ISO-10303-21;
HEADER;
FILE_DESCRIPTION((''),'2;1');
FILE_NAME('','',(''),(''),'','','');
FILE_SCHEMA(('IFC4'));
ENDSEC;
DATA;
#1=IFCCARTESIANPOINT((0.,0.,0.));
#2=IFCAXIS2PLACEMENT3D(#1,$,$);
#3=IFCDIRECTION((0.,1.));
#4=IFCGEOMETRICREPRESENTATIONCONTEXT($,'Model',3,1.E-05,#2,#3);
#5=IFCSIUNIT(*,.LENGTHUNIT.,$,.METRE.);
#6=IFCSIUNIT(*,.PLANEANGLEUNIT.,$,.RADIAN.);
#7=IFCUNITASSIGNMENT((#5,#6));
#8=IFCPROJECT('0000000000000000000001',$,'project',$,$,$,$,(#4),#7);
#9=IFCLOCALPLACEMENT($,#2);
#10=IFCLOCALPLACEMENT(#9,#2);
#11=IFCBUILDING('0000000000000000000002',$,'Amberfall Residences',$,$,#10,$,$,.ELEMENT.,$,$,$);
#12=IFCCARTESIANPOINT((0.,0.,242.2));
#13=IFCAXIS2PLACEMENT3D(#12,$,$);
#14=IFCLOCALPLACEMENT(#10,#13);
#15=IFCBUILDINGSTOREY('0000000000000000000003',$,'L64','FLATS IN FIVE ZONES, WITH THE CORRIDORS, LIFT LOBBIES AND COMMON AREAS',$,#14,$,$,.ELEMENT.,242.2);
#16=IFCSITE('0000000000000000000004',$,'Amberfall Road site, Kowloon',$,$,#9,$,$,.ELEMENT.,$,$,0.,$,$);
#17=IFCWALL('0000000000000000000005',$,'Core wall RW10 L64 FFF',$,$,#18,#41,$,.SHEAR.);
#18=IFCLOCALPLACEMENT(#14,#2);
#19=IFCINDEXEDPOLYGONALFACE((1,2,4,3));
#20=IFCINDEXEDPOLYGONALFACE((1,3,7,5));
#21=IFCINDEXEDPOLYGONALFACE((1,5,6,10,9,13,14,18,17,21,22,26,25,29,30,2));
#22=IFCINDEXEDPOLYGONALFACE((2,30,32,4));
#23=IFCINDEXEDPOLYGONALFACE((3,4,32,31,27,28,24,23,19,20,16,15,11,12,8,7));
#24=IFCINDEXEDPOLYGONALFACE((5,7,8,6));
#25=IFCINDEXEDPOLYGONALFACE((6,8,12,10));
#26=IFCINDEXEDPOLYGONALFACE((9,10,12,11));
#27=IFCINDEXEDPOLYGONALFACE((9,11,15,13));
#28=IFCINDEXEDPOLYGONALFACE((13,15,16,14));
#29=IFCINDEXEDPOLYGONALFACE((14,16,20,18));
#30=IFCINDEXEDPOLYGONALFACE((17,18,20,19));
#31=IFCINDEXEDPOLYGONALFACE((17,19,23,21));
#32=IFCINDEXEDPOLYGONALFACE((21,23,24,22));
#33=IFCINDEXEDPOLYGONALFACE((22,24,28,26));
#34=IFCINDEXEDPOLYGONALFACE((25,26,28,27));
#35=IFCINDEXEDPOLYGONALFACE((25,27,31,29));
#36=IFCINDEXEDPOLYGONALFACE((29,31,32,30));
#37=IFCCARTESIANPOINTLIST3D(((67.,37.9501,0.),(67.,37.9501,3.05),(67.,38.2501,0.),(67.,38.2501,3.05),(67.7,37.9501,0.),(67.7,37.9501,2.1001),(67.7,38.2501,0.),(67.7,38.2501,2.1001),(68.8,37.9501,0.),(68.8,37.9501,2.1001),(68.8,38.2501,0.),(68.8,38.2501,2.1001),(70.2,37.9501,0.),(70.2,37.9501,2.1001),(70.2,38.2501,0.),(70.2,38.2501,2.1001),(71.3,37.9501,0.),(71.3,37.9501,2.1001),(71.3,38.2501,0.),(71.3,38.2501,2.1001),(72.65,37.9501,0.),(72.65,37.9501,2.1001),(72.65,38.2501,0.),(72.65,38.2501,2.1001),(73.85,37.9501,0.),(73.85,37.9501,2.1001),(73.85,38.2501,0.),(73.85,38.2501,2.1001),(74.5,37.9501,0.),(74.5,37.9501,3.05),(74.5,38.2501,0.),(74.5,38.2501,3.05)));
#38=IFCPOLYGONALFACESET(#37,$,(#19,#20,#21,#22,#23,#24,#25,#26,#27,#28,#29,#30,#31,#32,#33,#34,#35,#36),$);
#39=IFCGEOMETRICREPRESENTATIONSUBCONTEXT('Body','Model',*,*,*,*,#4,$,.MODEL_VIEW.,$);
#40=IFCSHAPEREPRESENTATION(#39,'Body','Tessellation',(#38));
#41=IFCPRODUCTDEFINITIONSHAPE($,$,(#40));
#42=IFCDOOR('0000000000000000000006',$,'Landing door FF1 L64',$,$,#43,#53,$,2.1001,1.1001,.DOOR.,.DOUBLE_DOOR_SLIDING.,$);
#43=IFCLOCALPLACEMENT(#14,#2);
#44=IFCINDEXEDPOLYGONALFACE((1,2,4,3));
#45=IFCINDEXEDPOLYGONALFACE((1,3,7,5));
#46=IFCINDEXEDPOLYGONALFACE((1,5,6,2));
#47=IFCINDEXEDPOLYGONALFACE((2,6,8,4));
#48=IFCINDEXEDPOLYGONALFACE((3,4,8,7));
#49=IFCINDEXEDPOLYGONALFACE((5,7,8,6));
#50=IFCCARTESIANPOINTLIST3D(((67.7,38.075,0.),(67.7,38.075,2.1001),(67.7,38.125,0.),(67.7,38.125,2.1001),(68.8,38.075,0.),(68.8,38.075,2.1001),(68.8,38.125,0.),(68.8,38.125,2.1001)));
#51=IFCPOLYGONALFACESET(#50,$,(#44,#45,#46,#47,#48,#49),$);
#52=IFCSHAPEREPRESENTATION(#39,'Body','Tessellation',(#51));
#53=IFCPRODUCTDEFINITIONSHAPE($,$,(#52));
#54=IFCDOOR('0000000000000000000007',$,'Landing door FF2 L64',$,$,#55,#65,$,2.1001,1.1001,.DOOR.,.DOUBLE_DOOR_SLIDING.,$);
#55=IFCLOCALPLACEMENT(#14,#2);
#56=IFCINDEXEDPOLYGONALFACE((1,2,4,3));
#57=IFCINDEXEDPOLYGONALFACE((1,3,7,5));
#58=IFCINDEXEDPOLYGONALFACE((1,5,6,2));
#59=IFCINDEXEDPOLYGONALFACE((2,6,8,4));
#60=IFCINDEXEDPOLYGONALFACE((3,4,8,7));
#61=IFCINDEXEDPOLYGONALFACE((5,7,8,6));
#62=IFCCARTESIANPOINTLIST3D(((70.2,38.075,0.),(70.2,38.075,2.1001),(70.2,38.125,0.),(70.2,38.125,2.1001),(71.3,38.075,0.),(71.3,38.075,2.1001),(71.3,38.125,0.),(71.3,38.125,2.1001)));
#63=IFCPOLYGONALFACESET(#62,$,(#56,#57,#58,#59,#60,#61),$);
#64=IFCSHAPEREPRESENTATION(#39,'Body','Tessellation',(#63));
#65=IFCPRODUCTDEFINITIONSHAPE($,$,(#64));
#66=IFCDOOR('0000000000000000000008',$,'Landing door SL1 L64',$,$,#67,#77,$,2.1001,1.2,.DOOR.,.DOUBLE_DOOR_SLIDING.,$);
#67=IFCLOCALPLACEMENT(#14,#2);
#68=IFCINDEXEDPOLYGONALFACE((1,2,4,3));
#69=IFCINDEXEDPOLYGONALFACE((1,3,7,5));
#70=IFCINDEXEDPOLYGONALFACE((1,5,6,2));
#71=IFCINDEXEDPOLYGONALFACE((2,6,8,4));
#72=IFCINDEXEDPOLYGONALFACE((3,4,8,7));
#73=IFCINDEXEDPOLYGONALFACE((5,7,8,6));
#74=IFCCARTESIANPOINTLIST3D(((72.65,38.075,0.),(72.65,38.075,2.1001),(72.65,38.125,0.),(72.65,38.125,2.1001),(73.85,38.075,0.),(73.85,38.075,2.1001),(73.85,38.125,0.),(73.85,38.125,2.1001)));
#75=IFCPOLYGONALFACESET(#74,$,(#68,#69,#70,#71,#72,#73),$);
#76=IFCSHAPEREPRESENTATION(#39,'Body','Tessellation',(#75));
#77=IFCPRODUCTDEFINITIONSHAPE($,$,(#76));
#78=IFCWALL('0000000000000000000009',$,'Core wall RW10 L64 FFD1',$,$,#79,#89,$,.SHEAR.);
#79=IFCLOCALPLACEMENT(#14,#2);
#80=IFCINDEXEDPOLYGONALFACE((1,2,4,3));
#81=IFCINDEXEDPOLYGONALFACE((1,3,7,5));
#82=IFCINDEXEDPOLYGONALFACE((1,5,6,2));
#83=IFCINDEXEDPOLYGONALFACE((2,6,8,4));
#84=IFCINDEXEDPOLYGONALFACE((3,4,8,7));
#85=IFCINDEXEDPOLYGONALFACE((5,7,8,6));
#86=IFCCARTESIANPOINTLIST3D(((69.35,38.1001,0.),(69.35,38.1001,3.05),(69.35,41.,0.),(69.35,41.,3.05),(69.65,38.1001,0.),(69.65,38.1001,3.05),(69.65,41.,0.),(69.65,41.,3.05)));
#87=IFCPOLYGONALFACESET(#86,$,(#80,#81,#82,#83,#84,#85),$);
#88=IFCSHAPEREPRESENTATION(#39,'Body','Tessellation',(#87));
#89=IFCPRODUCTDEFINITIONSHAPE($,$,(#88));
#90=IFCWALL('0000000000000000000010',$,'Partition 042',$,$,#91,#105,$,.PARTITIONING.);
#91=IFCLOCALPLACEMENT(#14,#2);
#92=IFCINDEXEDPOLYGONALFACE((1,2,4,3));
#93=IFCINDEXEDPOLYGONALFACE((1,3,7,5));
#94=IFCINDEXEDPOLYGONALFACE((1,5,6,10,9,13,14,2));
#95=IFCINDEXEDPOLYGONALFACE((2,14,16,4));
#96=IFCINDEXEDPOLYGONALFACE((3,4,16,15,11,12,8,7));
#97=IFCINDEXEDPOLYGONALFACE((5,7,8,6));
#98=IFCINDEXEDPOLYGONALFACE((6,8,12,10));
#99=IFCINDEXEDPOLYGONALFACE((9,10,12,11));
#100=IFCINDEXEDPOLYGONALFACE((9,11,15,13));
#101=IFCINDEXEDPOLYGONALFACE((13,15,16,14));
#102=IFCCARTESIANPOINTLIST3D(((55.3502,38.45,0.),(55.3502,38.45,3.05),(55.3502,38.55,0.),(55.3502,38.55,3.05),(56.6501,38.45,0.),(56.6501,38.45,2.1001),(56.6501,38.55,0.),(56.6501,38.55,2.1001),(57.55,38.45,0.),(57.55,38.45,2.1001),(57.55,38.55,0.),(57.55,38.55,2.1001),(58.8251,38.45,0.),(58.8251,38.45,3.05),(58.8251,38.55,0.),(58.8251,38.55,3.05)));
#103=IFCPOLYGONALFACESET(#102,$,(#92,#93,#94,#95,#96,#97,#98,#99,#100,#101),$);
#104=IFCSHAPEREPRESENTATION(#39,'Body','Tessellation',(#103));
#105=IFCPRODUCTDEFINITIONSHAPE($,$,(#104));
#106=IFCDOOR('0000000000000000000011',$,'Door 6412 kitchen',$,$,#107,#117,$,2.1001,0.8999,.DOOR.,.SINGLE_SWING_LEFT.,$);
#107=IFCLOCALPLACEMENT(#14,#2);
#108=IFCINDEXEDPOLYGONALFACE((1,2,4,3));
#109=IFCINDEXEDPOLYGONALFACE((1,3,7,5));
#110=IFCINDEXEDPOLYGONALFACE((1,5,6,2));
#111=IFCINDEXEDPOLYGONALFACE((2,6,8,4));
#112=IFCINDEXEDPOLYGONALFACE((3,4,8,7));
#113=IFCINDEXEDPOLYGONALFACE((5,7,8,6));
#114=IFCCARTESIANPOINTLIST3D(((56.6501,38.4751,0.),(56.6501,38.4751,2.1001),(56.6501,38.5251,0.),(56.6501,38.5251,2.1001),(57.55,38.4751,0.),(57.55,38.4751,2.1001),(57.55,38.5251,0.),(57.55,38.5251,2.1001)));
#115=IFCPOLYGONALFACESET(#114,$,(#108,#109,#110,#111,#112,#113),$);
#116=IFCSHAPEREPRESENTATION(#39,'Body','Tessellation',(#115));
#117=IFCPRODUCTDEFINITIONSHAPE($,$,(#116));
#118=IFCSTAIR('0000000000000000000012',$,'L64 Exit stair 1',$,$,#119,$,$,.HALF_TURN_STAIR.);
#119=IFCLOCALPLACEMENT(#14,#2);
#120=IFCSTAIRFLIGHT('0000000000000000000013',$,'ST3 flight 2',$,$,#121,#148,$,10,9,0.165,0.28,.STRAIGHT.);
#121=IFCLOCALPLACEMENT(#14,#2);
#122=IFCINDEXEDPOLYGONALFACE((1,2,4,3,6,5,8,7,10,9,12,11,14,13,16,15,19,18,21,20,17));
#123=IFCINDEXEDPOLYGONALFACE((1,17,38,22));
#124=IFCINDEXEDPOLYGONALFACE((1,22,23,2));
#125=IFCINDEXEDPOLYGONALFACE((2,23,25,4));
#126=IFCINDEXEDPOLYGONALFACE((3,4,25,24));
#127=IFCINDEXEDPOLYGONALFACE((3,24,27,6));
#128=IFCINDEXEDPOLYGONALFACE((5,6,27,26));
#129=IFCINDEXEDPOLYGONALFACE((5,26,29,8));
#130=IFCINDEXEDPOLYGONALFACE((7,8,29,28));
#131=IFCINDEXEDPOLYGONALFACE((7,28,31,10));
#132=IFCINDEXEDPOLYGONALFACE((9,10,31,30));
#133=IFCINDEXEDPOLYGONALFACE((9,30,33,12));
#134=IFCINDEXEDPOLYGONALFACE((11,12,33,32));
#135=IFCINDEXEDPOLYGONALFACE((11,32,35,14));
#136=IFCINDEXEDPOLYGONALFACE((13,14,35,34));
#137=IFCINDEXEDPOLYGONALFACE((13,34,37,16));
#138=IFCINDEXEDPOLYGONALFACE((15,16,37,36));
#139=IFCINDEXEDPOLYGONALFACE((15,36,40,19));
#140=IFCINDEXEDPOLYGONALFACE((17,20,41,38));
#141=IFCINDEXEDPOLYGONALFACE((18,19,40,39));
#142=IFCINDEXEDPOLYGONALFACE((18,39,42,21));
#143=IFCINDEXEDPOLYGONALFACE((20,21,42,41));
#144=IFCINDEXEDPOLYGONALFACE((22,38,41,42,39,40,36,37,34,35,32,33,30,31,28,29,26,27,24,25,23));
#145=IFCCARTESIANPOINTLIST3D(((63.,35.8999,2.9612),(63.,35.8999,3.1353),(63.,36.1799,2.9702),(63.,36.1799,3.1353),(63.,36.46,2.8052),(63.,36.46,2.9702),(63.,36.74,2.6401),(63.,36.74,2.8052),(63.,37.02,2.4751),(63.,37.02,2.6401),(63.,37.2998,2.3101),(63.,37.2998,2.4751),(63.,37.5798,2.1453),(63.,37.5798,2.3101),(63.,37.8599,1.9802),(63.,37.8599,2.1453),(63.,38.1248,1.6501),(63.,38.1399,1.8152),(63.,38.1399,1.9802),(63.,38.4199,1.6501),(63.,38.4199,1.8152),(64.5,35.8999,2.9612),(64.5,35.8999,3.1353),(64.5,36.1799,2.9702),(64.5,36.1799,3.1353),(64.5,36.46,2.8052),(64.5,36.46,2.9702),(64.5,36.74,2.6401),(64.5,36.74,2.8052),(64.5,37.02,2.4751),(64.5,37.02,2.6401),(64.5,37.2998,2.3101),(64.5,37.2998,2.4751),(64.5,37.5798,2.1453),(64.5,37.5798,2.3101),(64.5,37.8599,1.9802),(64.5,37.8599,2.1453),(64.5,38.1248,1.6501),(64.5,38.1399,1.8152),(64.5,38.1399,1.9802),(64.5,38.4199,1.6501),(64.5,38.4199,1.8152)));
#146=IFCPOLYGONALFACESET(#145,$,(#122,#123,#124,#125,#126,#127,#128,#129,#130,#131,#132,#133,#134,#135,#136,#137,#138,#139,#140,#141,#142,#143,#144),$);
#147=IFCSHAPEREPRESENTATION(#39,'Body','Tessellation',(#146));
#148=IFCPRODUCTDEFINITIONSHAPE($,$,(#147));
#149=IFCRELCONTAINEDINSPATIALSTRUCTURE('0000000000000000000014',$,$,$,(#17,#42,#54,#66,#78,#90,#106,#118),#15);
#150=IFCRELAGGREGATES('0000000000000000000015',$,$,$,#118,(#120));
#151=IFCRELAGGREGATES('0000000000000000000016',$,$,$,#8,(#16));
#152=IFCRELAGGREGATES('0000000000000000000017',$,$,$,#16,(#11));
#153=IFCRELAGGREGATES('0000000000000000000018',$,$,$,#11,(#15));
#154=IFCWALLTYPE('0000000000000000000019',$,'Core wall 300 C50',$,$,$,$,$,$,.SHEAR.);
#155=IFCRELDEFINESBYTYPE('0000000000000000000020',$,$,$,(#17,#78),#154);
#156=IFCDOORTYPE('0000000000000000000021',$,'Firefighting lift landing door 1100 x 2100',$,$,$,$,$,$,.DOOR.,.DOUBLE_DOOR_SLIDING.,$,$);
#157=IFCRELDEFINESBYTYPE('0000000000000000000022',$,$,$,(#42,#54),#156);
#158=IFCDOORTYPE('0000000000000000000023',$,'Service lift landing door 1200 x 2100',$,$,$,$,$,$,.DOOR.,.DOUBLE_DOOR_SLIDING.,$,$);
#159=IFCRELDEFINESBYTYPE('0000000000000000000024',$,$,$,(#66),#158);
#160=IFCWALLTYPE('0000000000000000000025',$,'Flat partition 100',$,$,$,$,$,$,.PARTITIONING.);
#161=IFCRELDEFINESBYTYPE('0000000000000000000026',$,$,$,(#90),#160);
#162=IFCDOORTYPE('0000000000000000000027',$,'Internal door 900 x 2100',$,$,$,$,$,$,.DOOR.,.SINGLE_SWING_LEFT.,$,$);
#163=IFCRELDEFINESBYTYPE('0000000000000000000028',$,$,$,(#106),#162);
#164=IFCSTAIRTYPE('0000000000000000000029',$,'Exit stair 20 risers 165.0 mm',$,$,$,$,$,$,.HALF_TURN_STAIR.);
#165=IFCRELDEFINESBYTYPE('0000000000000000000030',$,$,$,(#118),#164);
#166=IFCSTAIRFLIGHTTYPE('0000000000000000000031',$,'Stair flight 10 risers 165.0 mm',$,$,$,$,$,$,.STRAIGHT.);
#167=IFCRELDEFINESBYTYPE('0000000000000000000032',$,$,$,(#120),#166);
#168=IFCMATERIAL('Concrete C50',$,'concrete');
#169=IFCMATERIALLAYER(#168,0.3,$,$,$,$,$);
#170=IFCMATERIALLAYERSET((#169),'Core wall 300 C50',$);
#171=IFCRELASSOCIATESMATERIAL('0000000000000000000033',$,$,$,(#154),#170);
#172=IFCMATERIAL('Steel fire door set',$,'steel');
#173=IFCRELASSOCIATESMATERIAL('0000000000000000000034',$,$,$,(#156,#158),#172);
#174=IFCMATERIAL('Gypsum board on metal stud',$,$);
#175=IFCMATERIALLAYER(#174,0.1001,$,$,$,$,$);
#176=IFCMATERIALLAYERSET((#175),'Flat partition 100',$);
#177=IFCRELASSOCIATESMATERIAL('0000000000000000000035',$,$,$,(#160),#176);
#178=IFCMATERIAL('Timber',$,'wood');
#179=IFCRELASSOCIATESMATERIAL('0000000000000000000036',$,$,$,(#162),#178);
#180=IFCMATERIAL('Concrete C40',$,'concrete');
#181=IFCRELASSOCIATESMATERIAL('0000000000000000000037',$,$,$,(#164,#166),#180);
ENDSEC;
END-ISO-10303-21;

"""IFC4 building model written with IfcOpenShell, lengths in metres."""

from ifc_helpers import new_model, si_unit, direction, frame, frame_2d, origin, place, context, subcontext, project, spatial, polyline, rectangle, outline, extrude, material, layer, layer_set, type_object, element, fill, aggregate, save


model = new_model("IFC4")

# Units and contexts
model_context = context("Model", 3, precision=1e-05, world=origin(), true_north=direction((0.0, 1.0)))
body_context = subcontext(model_context, "Body", "Model", "MODEL_VIEW")
ifc_project = project(units=[si_unit("LENGTHUNIT", "METRE"), si_unit("PLANEANGLEUNIT", "RADIAN")], contexts=[model_context])

# Site, building, storey
site_placement = place(None, origin())
site = spatial("IfcSite", under=ifc_project, at=site_placement, Name="Amberfall Road site, Kowloon", CompositionType="ELEMENT", RefElevation=0.0)
building_placement = place(site_placement, origin())
building = spatial("IfcBuilding", under=site, at=building_placement, Name="Amberfall Residences", CompositionType="ELEMENT")
storey_placement = place(building_placement, frame((0.0, 0.0, 242.2)))
storey = spatial("IfcBuildingStorey", under=building, at=storey_placement, Name="L64", Description="FLATS IN FIVE ZONES, WITH THE CORRIDORS, LIFT LOBBIES AND COMMON AREAS", CompositionType="ELEMENT", Elevation=242.2)

# Wall, openings, doors
ifc_material_1 = material(Name="Concrete C50", Category="concrete")
ifc_layer_1 = layer(ifc_material_1, 0.3)
ifc_layer_set_1 = layer_set([ifc_layer_1], Name="Core wall 300 C50")
wall_type_1 = type_object("IfcWallType", Name="Core wall 300 C50", PredefinedType="SHEAR", material=ifc_layer_set_1)
wall_1_placement = place(storey_placement, frame((67.0, 38.1001, 0.0), z_axis=(0.0, 0.0, 1.0), x_axis=(1.0, 0.0, 0.0)))
wall_1 = element("IfcWall", 1, at=wall_1_placement, inside=storey, type_object=wall_type_1, Name="Core wall RW10 L64 FFF", PredefinedType="SHEAR", context=body_context, shape_type="SweptSolid", body=[
    extrude(rectangle(XDim=7.5, YDim=0.3, at=frame_2d((3.75, 0.0))), origin(), (0.0, 0.0, 1.0), 3.05),
])
opening_1_placement = place(wall_1_placement, frame((0.7, 0.0, 0.0)))
opening_1 = element("IfcOpeningElement", 2, at=opening_1_placement, cuts=wall_1, PredefinedType="OPENING", context=body_context, shape_type="SweptSolid", body=[
    extrude(rectangle(XDim=1.1001, YDim=2.1001, at=frame_2d((0.55, 1.05))), frame((0.0, 0.1599, 0.0), z_axis=(0.0, -1.0, 0.0), x_axis=(1.0, 0.0, 0.0)), (0.0, 0.0, 1.0), 0.3201),
])
opening_2_placement = place(wall_1_placement, frame((3.2, 0.0, 0.0)))
opening_2 = element("IfcOpeningElement", 3, at=opening_2_placement, cuts=wall_1, PredefinedType="OPENING", context=body_context, shape_type="SweptSolid", body=[
    extrude(rectangle(XDim=1.1001, YDim=2.1001, at=frame_2d((0.55, 1.05))), frame((0.0, 0.1599, 0.0), z_axis=(0.0, -1.0, 0.0), x_axis=(1.0, 0.0, 0.0)), (0.0, 0.0, 1.0), 0.3201),
])
opening_3_placement = place(wall_1_placement, frame((5.6499, 0.0, 0.0)))
opening_3 = element("IfcOpeningElement", 4, at=opening_3_placement, cuts=wall_1, PredefinedType="OPENING", context=body_context, shape_type="SweptSolid", body=[
    extrude(rectangle(XDim=1.2, YDim=2.1001, at=frame_2d((0.6001, 1.05))), frame((0.0, 0.1599, 0.0), z_axis=(0.0, -1.0, 0.0), x_axis=(1.0, 0.0, 0.0)), (0.0, 0.0, 1.0), 0.3201),
])
ifc_material_2 = material(Name="Steel fire door set", Category="steel")
door_type_1 = type_object("IfcDoorType", Name="Firefighting lift landing door 1100 x 2100", OperationType="DOUBLE_DOOR_SLIDING", PredefinedType="DOOR", material=ifc_material_2)
door_1_placement = place(opening_1_placement, origin())
door_1 = element("IfcDoor", 5, at=door_1_placement, inside=storey, type_object=door_type_1, Name="Landing door FF1 L64", OperationType="DOUBLE_DOOR_SLIDING", OverallHeight=2.1001, OverallWidth=1.1001, PredefinedType="DOOR", context=body_context, shape_type="SweptSolid", body=[
    extrude(rectangle(XDim=1.1001, YDim=2.1001, at=frame_2d((0.55, 1.05))), frame((0.0, 0.0249, 0.0), z_axis=(0.0, -1.0, 0.0), x_axis=(1.0, 0.0, 0.0)), (0.0, 0.0, 1.0), 0.05),
])
fill(opening_1, door_1)
door_2_placement = place(opening_2_placement, origin())
door_2 = element("IfcDoor", 6, at=door_2_placement, inside=storey, type_object=door_type_1, Name="Landing door FF2 L64", OperationType="DOUBLE_DOOR_SLIDING", OverallHeight=2.1001, OverallWidth=1.1001, PredefinedType="DOOR", context=body_context, shape_type="SweptSolid", body=[
    extrude(rectangle(XDim=1.1001, YDim=2.1001, at=frame_2d((0.55, 1.05))), frame((0.0, 0.0249, 0.0), z_axis=(0.0, -1.0, 0.0), x_axis=(1.0, 0.0, 0.0)), (0.0, 0.0, 1.0), 0.05),
])
fill(opening_2, door_2)
door_type_2 = type_object("IfcDoorType", Name="Service lift landing door 1200 x 2100", OperationType="DOUBLE_DOOR_SLIDING", PredefinedType="DOOR", material=ifc_material_2)
door_3_placement = place(opening_3_placement, origin())
door_3 = element("IfcDoor", 7, at=door_3_placement, inside=storey, type_object=door_type_2, Name="Landing door SL1 L64", OperationType="DOUBLE_DOOR_SLIDING", OverallHeight=2.1001, OverallWidth=1.2, PredefinedType="DOOR", context=body_context, shape_type="SweptSolid", body=[
    extrude(rectangle(XDim=1.2, YDim=2.1001, at=frame_2d((0.6001, 1.05))), frame((0.0, 0.0249, 0.0), z_axis=(0.0, -1.0, 0.0), x_axis=(1.0, 0.0, 0.0)), (0.0, 0.0, 1.0), 0.05),
])
fill(opening_3, door_3)

# Wall
wall_2_placement = place(storey_placement, frame((69.5, 38.1001, 0.0), z_axis=(0.0, 0.0, 1.0), x_axis=(0.0, 1.0, 0.0)))
element("IfcWall", 8, at=wall_2_placement, inside=storey, type_object=wall_type_1, Name="Core wall RW10 L64 FFD1", PredefinedType="SHEAR", context=body_context, shape_type="SweptSolid", body=[
    extrude(rectangle(XDim=2.8999, YDim=0.3, at=frame_2d((1.45, 0.0))), origin(), (0.0, 0.0, 1.0), 3.05),
])

# Wall, opening, door
ifc_material_3 = material(Name="Gypsum board on metal stud")
ifc_layer_2 = layer(ifc_material_3, 0.1001)
ifc_layer_set_2 = layer_set([ifc_layer_2], Name="Flat partition 100")
wall_type_2 = type_object("IfcWallType", Name="Flat partition 100", PredefinedType="PARTITIONING", material=ifc_layer_set_2)
wall_3_placement = place(storey_placement, frame((58.825, 38.5, 0.0), z_axis=(0.0, 0.0, 1.0), x_axis=(-1.0, 0.0, 0.0)))
wall_3 = element("IfcWall", 9, at=wall_3_placement, inside=storey, type_object=wall_type_2, Name="Partition 042", PredefinedType="PARTITIONING", context=body_context, shape_type="SweptSolid", body=[
    extrude(rectangle(XDim=3.4749, YDim=0.1001, at=frame_2d((1.7373, 0.0))), origin(), (0.0, 0.0, 1.0), 3.05),
])
opening_4_placement = place(wall_3_placement, frame((1.2749, 0.0, 0.0)))
opening_4 = element("IfcOpeningElement", 10, at=opening_4_placement, cuts=wall_3, PredefinedType="OPENING", context=body_context, shape_type="SweptSolid", body=[
    extrude(rectangle(XDim=0.8999, YDim=2.1001, at=frame_2d((0.45, 1.05))), frame((0.0, 0.0601, 0.0), z_axis=(0.0, -1.0, 0.0), x_axis=(1.0, 0.0, 0.0)), (0.0, 0.0, 1.0), 0.1201),
])
ifc_material_4 = material(Name="Timber", Category="wood")
door_type_3 = type_object("IfcDoorType", Name="Internal door 900 x 2100", OperationType="SINGLE_SWING_LEFT", PredefinedType="DOOR", material=ifc_material_4)
door_4_placement = place(opening_4_placement, origin())
door_4 = element("IfcDoor", 11, at=door_4_placement, inside=storey, type_object=door_type_3, Name="Door 6412 kitchen", OperationType="SINGLE_SWING_LEFT", OverallHeight=2.1001, OverallWidth=0.8999, PredefinedType="DOOR", context=body_context, shape_type="SweptSolid", body=[
    extrude(rectangle(XDim=0.8999, YDim=2.1001, at=frame_2d((0.45, 1.05))), frame((0.0, 0.0249, 0.0), z_axis=(0.0, -1.0, 0.0), x_axis=(1.0, 0.0, 0.0)), (0.0, 0.0, 1.0), 0.05),
])
fill(opening_4, door_4)

# Stair, stair flight
ifc_material_5 = material(Name="Concrete C40", Category="concrete")
stair_type = type_object("IfcStairType", Name="Exit stair 20 risers 165.0 mm", PredefinedType="HALF_TURN_STAIR", material=ifc_material_5)
stair_placement = place(storey_placement, origin())
stair = element("IfcStair", 12, at=stair_placement, inside=storey, type_object=stair_type, Name="L64 Exit stair 1", PredefinedType="HALF_TURN_STAIR")
stair_flight_type = type_object("IfcStairFlightType", Name="Stair flight 10 risers 165.0 mm", PredefinedType="STRAIGHT", material=ifc_material_5)
stair_flight_placement = place(storey_placement, frame((63.75, 38.4199, 1.6501), z_axis=(0.0, 0.0, 1.0), x_axis=(0.0, -1.0, 0.0)))
stair_flight = element("IfcStairFlight", 13, at=stair_flight_placement, type_object=stair_flight_type, Name="ST3 flight 2", NumberOfRisers=10, NumberOfTreads=9, PredefinedType="STRAIGHT", RiserHeight=0.165, TreadLength=0.28, context=body_context, shape_type="SweptSolid", body=[
    extrude(outline(polyline([(0.0, 0.0), (0.0, 0.165), (0.28, 0.165), (0.28, 0.3301), (0.5601, 0.3301), (0.5601, 0.4951), (0.8401, 0.4951), (0.8401, 0.6599), (1.1201, 0.6599), (1.1201, 0.825), (1.3999, 0.825), (1.3999, 0.99), (1.6799, 0.99), (1.6799, 1.155), (1.96, 1.155), (1.96, 1.3201), (2.24, 1.3201), (2.24, 1.4851), (2.52, 1.4851), (2.52, 1.6499), (2.52, 1.311), (0.2952, 0.0), (0.0, 0.0)])), frame((0.0, 0.75, 0.0), z_axis=(0.0, -1.0, 0.0), x_axis=(1.0, 0.0, 0.0)), (0.0, 0.0, 1.0), 1.5),
])
aggregate(stair, [stair_flight])

save(model, "model.ifc")
